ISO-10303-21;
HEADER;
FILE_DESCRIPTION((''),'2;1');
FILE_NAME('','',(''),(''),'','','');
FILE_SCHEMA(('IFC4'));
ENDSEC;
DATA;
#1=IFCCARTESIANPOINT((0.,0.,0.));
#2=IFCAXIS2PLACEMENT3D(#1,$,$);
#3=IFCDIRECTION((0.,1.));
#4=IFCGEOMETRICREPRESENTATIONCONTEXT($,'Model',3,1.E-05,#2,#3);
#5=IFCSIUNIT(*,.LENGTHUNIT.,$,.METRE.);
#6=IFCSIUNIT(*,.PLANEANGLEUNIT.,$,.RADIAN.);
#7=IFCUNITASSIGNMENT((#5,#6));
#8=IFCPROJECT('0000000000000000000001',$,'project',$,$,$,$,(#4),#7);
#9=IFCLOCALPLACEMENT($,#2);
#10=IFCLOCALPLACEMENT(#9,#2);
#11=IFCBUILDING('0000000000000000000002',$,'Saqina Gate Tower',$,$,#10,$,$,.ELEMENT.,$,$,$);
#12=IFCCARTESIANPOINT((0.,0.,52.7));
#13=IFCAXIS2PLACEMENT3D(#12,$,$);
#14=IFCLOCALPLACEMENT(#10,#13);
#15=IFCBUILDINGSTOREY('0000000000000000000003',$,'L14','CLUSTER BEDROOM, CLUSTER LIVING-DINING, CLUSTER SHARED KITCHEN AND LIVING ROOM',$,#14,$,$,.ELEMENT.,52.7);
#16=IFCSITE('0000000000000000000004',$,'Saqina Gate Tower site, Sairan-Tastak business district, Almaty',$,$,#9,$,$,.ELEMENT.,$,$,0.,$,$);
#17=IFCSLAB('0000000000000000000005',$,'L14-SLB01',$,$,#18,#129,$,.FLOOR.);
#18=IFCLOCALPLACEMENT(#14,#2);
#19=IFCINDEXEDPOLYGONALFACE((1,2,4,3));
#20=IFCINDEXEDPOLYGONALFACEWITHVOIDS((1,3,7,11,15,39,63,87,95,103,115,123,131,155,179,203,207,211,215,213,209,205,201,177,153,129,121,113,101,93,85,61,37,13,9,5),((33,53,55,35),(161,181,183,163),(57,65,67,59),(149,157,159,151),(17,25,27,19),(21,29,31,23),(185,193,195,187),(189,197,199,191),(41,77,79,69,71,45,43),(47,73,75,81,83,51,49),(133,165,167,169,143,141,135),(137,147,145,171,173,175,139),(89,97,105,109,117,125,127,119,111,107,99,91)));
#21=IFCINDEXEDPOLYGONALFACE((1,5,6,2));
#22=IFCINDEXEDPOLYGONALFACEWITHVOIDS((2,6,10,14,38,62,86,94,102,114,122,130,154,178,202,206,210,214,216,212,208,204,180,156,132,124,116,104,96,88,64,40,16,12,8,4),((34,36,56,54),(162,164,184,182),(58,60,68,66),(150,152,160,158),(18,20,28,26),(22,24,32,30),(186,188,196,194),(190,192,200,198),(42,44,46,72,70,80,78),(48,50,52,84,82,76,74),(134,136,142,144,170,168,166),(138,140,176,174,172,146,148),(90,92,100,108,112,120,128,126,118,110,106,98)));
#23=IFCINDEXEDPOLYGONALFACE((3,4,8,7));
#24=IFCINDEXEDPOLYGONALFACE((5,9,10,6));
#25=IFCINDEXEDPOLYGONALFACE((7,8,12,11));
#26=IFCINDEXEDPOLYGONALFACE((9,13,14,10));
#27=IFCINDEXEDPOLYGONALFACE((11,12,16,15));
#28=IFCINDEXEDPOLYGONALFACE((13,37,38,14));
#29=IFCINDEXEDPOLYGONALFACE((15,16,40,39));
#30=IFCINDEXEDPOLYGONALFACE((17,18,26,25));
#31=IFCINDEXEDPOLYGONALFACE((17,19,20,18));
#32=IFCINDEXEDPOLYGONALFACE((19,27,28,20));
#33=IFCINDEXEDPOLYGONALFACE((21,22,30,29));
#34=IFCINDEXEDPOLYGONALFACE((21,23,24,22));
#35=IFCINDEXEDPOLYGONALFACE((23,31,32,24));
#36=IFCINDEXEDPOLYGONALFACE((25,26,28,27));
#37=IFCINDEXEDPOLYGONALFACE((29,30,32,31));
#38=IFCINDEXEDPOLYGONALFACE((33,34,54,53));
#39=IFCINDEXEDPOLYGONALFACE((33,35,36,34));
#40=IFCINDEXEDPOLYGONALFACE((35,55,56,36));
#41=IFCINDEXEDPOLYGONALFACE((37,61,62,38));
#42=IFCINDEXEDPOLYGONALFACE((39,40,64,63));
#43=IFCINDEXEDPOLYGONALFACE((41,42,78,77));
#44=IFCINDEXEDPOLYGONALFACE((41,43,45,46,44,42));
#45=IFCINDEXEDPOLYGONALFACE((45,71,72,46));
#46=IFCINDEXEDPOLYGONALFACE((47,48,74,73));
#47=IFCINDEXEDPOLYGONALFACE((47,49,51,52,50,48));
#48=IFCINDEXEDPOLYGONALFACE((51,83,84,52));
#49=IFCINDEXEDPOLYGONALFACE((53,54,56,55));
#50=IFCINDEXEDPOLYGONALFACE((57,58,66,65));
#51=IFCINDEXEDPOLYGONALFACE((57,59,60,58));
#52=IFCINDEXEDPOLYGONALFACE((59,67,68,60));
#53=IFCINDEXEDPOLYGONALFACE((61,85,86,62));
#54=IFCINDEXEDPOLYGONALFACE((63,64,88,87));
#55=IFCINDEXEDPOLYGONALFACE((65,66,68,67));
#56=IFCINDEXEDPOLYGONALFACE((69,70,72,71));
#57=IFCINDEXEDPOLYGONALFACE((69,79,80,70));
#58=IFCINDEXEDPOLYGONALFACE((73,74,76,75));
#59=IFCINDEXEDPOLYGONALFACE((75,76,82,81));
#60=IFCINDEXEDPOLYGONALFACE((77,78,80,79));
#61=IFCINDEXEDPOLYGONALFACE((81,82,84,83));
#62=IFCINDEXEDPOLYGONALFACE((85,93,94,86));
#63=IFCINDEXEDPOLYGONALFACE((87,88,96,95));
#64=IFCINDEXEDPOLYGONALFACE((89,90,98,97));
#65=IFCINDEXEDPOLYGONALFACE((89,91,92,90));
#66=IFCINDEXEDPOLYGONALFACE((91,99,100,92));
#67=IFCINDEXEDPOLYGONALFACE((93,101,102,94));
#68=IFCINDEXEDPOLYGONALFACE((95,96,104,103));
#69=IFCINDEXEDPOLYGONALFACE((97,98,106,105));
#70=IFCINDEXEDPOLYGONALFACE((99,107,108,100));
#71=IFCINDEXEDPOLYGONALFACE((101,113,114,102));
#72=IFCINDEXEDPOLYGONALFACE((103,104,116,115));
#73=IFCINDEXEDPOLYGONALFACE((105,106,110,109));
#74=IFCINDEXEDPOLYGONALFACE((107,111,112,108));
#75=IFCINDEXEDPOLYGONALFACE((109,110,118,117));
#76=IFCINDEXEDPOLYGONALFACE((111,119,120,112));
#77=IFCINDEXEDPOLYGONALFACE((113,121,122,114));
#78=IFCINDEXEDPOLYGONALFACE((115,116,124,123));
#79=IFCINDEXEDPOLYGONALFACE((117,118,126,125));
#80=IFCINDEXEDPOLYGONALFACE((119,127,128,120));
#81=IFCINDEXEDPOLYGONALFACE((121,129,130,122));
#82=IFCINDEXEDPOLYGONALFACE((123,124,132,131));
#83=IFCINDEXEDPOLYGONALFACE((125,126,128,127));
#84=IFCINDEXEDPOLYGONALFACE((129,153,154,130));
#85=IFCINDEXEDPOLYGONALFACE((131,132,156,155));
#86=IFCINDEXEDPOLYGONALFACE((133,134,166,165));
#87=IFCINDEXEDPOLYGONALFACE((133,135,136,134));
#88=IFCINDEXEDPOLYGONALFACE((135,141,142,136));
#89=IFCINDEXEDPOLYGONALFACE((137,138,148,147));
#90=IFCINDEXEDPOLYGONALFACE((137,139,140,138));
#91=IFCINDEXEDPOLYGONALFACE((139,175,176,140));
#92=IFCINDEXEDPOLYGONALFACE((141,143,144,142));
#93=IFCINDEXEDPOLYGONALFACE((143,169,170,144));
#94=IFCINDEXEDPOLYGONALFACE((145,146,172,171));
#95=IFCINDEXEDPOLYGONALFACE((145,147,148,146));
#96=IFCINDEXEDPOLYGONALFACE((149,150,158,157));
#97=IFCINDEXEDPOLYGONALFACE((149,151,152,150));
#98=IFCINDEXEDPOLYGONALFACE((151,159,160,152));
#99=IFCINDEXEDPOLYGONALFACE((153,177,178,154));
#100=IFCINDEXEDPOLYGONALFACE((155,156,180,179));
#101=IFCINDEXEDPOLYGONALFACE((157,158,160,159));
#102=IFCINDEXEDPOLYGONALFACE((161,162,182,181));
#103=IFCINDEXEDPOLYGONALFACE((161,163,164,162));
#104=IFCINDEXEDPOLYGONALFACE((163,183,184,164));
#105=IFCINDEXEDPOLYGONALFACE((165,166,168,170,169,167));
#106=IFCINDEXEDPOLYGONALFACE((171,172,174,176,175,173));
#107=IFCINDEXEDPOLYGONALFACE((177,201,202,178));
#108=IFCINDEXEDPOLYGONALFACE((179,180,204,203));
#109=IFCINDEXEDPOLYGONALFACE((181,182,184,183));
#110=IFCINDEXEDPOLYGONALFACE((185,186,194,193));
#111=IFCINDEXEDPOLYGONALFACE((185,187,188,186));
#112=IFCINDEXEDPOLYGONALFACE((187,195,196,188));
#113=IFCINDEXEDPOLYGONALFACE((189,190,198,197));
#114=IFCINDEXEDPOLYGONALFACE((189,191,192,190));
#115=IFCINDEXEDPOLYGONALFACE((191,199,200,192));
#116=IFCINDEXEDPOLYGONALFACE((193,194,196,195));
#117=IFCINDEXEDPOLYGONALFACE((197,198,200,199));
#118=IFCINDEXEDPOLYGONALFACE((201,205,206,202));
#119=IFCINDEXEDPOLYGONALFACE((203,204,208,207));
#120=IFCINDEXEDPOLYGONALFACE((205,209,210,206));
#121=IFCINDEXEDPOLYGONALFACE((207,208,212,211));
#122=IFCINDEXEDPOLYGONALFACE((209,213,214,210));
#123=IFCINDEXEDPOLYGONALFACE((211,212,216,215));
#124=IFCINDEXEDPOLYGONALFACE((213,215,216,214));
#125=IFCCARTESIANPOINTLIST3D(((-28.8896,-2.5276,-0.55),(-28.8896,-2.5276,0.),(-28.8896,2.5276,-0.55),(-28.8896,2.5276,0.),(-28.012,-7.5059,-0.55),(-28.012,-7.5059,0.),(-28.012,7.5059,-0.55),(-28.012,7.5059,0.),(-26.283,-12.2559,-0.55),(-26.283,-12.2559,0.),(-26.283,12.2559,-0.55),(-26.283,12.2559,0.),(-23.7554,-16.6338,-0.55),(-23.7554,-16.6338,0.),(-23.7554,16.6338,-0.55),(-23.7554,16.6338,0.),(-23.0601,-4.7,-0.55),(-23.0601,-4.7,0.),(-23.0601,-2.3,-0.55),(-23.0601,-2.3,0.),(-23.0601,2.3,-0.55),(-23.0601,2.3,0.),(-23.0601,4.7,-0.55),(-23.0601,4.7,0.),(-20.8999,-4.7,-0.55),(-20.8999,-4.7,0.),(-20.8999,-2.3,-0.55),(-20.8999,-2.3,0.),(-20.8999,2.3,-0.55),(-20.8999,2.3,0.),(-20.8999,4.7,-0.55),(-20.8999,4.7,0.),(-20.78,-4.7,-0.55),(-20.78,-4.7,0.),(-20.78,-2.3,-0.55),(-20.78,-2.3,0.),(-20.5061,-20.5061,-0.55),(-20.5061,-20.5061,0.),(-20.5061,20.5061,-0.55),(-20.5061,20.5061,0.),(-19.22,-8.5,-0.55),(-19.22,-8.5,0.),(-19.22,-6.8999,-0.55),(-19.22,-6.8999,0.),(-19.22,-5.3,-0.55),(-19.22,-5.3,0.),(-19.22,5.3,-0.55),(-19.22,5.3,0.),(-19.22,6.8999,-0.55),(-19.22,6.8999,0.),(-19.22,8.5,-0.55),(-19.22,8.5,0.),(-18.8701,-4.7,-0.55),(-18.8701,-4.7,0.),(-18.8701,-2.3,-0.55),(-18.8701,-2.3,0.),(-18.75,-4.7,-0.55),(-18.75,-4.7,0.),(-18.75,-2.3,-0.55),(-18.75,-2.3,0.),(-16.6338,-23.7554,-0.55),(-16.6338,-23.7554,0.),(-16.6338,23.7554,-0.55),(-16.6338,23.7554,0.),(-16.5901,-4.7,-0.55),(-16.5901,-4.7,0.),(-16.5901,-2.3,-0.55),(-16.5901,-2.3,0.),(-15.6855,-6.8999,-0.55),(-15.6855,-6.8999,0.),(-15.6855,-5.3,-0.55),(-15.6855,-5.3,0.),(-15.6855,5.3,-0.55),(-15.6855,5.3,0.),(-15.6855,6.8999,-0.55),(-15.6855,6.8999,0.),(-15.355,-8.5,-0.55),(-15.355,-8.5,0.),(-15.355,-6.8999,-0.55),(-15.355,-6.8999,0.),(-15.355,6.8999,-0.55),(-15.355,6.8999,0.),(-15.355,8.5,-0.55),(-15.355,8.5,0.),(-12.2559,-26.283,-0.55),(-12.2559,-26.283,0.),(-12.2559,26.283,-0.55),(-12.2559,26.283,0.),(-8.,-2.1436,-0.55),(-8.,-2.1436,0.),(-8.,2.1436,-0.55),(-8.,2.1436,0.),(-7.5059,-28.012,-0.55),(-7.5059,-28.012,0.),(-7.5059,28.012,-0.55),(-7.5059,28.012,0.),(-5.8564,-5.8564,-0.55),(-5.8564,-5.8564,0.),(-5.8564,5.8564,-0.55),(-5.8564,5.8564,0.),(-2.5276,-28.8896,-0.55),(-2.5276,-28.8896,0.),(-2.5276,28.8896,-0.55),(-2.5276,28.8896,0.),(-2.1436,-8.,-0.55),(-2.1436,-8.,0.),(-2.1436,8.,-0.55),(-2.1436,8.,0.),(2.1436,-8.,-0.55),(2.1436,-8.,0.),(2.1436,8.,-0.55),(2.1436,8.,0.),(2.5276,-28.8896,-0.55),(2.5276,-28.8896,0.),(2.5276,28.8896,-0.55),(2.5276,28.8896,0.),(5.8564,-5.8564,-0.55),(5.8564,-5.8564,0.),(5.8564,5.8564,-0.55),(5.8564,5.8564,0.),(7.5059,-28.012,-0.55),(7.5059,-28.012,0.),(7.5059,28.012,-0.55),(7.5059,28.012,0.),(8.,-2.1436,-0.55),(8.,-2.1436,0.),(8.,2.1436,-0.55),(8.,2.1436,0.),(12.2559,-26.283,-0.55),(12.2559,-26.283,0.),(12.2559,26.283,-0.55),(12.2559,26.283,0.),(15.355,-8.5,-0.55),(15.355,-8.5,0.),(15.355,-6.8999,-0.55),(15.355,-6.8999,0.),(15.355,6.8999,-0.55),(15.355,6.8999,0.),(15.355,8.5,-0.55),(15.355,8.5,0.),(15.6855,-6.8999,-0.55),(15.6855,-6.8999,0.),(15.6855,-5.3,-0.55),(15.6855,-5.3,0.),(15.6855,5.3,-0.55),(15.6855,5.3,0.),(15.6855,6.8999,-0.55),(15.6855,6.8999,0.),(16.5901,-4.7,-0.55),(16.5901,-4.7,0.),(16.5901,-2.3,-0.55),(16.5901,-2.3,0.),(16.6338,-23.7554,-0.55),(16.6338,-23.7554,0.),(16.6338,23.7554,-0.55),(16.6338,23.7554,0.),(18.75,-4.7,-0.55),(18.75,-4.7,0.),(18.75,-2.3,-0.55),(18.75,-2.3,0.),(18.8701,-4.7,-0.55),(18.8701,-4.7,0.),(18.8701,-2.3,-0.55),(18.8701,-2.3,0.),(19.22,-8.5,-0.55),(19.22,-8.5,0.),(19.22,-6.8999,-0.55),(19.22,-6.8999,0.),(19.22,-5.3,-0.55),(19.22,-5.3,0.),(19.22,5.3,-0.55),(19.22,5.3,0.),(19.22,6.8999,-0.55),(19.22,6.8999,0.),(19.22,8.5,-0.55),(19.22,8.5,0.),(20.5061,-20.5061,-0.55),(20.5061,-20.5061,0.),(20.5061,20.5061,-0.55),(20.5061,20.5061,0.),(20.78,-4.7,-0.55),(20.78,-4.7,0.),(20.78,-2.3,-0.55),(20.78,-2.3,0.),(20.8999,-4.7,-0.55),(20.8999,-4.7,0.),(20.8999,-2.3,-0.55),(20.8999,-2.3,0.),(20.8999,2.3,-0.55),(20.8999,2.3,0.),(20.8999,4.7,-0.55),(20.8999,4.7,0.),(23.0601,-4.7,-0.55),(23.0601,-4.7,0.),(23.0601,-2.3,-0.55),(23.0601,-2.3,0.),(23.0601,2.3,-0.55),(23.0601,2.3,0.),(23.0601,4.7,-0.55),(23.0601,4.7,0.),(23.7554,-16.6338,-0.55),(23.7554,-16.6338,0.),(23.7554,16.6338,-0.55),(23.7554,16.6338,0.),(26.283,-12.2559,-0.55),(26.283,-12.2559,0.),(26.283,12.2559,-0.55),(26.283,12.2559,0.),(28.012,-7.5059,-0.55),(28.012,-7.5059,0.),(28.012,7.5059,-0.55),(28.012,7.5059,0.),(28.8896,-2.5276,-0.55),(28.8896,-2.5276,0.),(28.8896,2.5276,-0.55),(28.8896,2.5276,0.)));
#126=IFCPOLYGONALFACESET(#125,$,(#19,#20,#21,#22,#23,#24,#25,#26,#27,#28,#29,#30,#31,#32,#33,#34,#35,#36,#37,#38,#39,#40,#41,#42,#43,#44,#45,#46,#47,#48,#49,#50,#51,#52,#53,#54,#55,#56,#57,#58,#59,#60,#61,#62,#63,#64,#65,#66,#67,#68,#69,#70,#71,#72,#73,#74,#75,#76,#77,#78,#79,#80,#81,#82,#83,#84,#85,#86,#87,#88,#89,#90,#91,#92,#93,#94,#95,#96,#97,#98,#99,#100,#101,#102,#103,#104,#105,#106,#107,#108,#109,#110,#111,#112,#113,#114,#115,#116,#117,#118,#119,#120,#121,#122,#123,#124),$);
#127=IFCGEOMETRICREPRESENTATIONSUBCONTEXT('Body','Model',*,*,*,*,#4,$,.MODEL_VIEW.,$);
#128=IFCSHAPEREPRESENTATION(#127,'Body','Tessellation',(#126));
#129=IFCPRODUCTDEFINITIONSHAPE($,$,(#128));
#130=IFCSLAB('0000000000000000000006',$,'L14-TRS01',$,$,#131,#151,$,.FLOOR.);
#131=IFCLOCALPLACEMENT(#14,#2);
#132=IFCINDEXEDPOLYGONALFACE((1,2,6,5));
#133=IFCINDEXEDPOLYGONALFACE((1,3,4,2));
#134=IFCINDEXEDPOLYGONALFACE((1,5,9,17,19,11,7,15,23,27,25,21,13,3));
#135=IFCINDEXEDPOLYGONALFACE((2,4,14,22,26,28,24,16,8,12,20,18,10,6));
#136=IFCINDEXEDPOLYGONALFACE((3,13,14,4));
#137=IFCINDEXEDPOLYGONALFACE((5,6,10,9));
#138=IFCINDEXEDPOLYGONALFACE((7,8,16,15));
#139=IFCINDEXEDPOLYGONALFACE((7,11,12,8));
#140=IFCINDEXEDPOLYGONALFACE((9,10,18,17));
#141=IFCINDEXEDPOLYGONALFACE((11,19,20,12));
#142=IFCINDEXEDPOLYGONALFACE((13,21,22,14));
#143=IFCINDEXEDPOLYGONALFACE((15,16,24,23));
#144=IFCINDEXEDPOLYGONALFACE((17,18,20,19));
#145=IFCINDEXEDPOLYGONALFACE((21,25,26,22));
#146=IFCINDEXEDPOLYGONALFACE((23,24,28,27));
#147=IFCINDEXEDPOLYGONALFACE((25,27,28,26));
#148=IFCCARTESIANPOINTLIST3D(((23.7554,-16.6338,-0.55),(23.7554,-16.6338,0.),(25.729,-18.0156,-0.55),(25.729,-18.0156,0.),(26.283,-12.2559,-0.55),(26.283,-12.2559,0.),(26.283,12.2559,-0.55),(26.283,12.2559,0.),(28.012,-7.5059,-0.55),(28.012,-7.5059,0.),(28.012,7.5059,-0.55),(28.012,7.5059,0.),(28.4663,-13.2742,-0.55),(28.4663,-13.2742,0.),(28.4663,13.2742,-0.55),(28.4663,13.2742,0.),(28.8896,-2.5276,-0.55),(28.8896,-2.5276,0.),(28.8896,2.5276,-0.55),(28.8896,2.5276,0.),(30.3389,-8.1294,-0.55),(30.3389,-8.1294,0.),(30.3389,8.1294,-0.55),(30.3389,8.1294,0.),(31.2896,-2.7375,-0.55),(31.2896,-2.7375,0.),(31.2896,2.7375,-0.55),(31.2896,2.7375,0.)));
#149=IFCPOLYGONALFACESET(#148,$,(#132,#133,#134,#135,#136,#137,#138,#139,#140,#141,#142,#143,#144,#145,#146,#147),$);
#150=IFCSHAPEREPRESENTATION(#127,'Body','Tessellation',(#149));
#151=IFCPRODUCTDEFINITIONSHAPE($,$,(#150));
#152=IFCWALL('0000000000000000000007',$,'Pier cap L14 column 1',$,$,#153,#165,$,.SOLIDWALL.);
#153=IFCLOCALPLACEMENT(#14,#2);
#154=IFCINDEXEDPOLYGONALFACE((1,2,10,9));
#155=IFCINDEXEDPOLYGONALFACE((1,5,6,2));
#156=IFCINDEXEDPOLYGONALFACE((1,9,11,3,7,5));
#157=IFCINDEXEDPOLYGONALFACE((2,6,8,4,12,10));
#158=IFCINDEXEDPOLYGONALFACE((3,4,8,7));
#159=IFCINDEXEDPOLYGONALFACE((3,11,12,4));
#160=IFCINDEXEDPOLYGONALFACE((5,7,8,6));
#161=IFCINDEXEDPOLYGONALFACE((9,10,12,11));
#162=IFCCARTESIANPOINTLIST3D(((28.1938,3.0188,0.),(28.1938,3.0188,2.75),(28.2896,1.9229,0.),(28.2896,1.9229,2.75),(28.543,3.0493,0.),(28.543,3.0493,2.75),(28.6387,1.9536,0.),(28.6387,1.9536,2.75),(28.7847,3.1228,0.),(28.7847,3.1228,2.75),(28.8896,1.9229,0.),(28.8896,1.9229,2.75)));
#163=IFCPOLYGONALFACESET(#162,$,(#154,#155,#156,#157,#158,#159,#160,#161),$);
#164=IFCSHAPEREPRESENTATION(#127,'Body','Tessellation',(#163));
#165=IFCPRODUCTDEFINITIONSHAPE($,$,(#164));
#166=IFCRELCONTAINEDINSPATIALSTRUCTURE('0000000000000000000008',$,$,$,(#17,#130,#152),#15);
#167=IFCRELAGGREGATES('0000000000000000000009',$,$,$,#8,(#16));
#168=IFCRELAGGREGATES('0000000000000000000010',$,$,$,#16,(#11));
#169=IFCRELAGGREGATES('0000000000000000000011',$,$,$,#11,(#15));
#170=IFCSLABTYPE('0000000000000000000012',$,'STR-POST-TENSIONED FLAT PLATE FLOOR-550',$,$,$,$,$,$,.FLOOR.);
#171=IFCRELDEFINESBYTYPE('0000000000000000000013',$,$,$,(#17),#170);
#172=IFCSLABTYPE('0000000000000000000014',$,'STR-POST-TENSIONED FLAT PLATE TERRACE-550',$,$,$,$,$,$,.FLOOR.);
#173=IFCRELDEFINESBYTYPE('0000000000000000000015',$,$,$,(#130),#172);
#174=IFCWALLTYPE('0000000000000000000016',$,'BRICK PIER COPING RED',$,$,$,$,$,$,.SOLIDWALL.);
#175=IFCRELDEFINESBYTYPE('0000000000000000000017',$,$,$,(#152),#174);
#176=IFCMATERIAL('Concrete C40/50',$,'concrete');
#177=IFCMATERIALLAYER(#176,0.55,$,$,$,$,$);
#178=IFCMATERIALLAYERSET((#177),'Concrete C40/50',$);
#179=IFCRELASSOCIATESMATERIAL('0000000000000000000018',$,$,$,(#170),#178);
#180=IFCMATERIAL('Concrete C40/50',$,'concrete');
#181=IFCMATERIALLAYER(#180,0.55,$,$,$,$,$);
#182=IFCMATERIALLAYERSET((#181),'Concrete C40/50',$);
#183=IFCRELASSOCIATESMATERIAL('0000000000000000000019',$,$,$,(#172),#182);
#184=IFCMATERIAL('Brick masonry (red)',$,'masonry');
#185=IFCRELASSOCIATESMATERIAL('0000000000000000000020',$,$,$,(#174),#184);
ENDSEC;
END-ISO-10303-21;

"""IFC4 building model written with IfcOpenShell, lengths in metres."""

from ifc_helpers import new_model, si_unit, direction, frame, origin, place, context, subcontext, project, spatial, polyline, outline, extrude, material, layer, layer_set, type_object, element, save


model = new_model("IFC4")

# Units and contexts
model_context = context("Model", 3, precision=1e-05, world=origin(), true_north=direction((0.0, 1.0)))
body_context = subcontext(model_context, "Body", "Model", "MODEL_VIEW")
ifc_project = project(units=[si_unit("LENGTHUNIT", "METRE"), si_unit("PLANEANGLEUNIT", "RADIAN")], contexts=[model_context])

# Site, building, storey
site_placement = place(None, origin())
site = spatial("IfcSite", under=ifc_project, at=site_placement, Name="Saqina Gate Tower site, Sairan-Tastak business district, Almaty", CompositionType="ELEMENT", RefElevation=0.0)
building_placement = place(site_placement, origin())
building = spatial("IfcBuilding", under=site, at=building_placement, Name="Saqina Gate Tower", CompositionType="ELEMENT")
storey_placement = place(building_placement, frame((0.0, 0.0, 52.7)))
storey = spatial("IfcBuildingStorey", under=building, at=storey_placement, Name="L14", Description="CLUSTER BEDROOM, CLUSTER LIVING-DINING, CLUSTER SHARED KITCHEN AND LIVING ROOM", CompositionType="ELEMENT", Elevation=52.7)

# Slabs
ifc_material_1 = material(Name="Concrete C40/50", Category="concrete")
ifc_layer_1 = layer(ifc_material_1, 0.55)
ifc_layer_set_1 = layer_set([ifc_layer_1], Name="Concrete C40/50")
slab_type_1 = type_object("IfcSlabType", Name="STR-POST-TENSIONED FLAT PLATE FLOOR-550", PredefinedType="FLOOR", material=ifc_layer_set_1)
slab_1_placement = place(storey_placement, frame((0.0, 0.0, -0.55)))
element("IfcSlab", 1, at=slab_1_placement, inside=storey, type_object=slab_type_1, Name="L14-SLB01", PredefinedType="FLOOR", context=body_context, shape_type="SweptSolid", body=[
    extrude(outline(polyline([(28.012, -7.5059), (28.8896, -2.5276), (28.8896, 2.5276), (28.012, 7.5059), (26.283, 12.2559), (23.7554, 16.6338), (20.5061, 20.5061), (16.6338, 23.7554), (12.2559, 26.283), (7.5059, 28.012), (2.5276, 28.8896), (-2.5276, 28.8896), (-7.5059, 28.012), (-12.2559, 26.283), (-16.6338, 23.7554), (-20.5061, 20.5061), (-23.7554, 16.6338), (-26.283, 12.2559), (-28.012, 7.5059), (-28.8896, 2.5276), (-28.8896, -2.5276), (-28.012, -7.5059), (-26.283, -12.2559), (-23.7554, -16.6338), (-20.5061, -20.5061), (-16.6338, -23.7554), (-12.2559, -26.283), (-7.5059, -28.012), (-2.5276, -28.8896), (2.5276, -28.8896), (7.5059, -28.012), (12.2559, -26.283), (16.6338, -23.7554), (20.5061, -20.5061), (23.7554, -16.6338), (26.283, -12.2559), (28.012, -7.5059)]), holes=[polyline([(2.1436, 8.0), (5.8564, 5.8564), (8.0, 2.1436), (8.0, -2.1436), (5.8564, -5.8564), (2.1436, -8.0), (-2.1436, -8.0), (-5.8564, -5.8564), (-8.0, -2.1436), (-8.0, 2.1436), (-5.8564, 5.8564), (-2.1436, 8.0), (2.1436, 8.0)]), polyline([(-19.22, -8.5), (-19.22, -6.8999), (-19.22, -5.3), (-15.6855, -5.3), (-15.6855, -6.8999), (-15.355, -6.8999), (-15.355, -8.5), (-19.22, -8.5)]), polyline([(-20.8999, -2.3), (-20.8999, -4.7), (-23.0601, -4.7), (-23.0601, -2.3), (-20.8999, -2.3)]), polyline([(-18.8701, -2.3), (-18.8701, -4.7), (-20.78, -4.7), (-20.78, -2.3), (-18.8701, -2.3)]), polyline([(-16.5901, -2.3), (-16.5901, -4.7), (-18.75, -4.7), (-18.75, -2.3), (-16.5901, -2.3)]), polyline([(-20.8999, 4.7), (-20.8999, 2.3), (-23.0601, 2.3), (-23.0601, 4.7), (-20.8999, 4.7)]), polyline([(-19.22, 6.8999), (-19.22, 8.5), (-15.355, 8.5), (-15.355, 6.8999), (-15.6855, 6.8999), (-15.6855, 5.3), (-19.22, 5.3), (-19.22, 6.8999)]), polyline([(15.355, -6.8999), (15.6855, -6.8999), (15.6855, -5.3), (19.22, -5.3), (19.22, -6.8999), (19.22, -8.5), (15.355, -8.5), (15.355, -6.8999)]), polyline([(18.75, -2.3), (18.75, -4.7), (16.5901, -4.7), (16.5901, -2.3), (18.75, -2.3)]), polyline([(20.78, -2.3), (20.78, -4.7), (18.8701, -4.7), (18.8701, -2.3), (20.78, -2.3)]), polyline([(23.0601, -2.3), (23.0601, -4.7), (20.8999, -4.7), (20.8999, -2.3), (23.0601, -2.3)]), polyline([(23.0601, 4.7), (23.0601, 2.3), (20.8999, 2.3), (20.8999, 4.7), (23.0601, 4.7)]), polyline([(15.6855, 6.8999), (15.355, 6.8999), (15.355, 8.5), (19.22, 8.5), (19.22, 6.8999), (19.22, 5.3), (15.6855, 5.3), (15.6855, 6.8999)])]), origin(), (0.0, 0.0, 1.0), 0.55),
])
ifc_material_2 = material(Name="Concrete C40/50", Category="concrete")
ifc_layer_2 = layer(ifc_material_2, 0.55)
ifc_layer_set_2 = layer_set([ifc_layer_2], Name="Concrete C40/50")
slab_type_2 = type_object("IfcSlabType", Name="STR-POST-TENSIONED FLAT PLATE TERRACE-550", PredefinedType="FLOOR", material=ifc_layer_set_2)
slab_2_placement = place(storey_placement, frame((0.0, 0.0, -0.55)))
element("IfcSlab", 2, at=slab_2_placement, inside=storey, type_object=slab_type_2, Name="L14-TRS01", PredefinedType="FLOOR", context=body_context, shape_type="SweptSolid", body=[
    extrude(outline(polyline([(23.7554, -16.6338), (26.283, -12.2559), (28.012, -7.5059), (28.8896, -2.5276), (28.8896, 2.5276), (28.012, 7.5059), (26.283, 12.2559), (28.4663, 13.2742), (30.3389, 8.1294), (31.2896, 2.7375), (31.2896, -2.7375), (30.3389, -8.1294), (28.4663, -13.2742), (25.729, -18.0156), (23.7554, -16.6338)])), origin(), (0.0, 0.0, 1.0), 0.55),
])

# Wall
ifc_material_3 = material(Name="Brick masonry (red)", Category="masonry")
wall_type_1 = type_object("IfcWallType", Name="BRICK PIER COPING RED", PredefinedType="SOLIDWALL", material=ifc_material_3)
wall_1_placement = place(storey_placement, origin())
element("IfcWall", 3, at=wall_1_placement, inside=storey, type_object=wall_type_1, Name="Pier cap L14 column 1", PredefinedType="SOLIDWALL", context=body_context, shape_type="SweptSolid", body=[
    extrude(outline(polyline([(28.8896, 1.9229), (28.7847, 3.1228), (28.1938, 3.0188), (28.543, 3.0493), (28.6387, 1.9536), (28.2896, 1.9229), (28.8896, 1.9229)])), origin(), (0.0, 0.0, 1.0), 2.75),
])

save(model, "model.ifc")
